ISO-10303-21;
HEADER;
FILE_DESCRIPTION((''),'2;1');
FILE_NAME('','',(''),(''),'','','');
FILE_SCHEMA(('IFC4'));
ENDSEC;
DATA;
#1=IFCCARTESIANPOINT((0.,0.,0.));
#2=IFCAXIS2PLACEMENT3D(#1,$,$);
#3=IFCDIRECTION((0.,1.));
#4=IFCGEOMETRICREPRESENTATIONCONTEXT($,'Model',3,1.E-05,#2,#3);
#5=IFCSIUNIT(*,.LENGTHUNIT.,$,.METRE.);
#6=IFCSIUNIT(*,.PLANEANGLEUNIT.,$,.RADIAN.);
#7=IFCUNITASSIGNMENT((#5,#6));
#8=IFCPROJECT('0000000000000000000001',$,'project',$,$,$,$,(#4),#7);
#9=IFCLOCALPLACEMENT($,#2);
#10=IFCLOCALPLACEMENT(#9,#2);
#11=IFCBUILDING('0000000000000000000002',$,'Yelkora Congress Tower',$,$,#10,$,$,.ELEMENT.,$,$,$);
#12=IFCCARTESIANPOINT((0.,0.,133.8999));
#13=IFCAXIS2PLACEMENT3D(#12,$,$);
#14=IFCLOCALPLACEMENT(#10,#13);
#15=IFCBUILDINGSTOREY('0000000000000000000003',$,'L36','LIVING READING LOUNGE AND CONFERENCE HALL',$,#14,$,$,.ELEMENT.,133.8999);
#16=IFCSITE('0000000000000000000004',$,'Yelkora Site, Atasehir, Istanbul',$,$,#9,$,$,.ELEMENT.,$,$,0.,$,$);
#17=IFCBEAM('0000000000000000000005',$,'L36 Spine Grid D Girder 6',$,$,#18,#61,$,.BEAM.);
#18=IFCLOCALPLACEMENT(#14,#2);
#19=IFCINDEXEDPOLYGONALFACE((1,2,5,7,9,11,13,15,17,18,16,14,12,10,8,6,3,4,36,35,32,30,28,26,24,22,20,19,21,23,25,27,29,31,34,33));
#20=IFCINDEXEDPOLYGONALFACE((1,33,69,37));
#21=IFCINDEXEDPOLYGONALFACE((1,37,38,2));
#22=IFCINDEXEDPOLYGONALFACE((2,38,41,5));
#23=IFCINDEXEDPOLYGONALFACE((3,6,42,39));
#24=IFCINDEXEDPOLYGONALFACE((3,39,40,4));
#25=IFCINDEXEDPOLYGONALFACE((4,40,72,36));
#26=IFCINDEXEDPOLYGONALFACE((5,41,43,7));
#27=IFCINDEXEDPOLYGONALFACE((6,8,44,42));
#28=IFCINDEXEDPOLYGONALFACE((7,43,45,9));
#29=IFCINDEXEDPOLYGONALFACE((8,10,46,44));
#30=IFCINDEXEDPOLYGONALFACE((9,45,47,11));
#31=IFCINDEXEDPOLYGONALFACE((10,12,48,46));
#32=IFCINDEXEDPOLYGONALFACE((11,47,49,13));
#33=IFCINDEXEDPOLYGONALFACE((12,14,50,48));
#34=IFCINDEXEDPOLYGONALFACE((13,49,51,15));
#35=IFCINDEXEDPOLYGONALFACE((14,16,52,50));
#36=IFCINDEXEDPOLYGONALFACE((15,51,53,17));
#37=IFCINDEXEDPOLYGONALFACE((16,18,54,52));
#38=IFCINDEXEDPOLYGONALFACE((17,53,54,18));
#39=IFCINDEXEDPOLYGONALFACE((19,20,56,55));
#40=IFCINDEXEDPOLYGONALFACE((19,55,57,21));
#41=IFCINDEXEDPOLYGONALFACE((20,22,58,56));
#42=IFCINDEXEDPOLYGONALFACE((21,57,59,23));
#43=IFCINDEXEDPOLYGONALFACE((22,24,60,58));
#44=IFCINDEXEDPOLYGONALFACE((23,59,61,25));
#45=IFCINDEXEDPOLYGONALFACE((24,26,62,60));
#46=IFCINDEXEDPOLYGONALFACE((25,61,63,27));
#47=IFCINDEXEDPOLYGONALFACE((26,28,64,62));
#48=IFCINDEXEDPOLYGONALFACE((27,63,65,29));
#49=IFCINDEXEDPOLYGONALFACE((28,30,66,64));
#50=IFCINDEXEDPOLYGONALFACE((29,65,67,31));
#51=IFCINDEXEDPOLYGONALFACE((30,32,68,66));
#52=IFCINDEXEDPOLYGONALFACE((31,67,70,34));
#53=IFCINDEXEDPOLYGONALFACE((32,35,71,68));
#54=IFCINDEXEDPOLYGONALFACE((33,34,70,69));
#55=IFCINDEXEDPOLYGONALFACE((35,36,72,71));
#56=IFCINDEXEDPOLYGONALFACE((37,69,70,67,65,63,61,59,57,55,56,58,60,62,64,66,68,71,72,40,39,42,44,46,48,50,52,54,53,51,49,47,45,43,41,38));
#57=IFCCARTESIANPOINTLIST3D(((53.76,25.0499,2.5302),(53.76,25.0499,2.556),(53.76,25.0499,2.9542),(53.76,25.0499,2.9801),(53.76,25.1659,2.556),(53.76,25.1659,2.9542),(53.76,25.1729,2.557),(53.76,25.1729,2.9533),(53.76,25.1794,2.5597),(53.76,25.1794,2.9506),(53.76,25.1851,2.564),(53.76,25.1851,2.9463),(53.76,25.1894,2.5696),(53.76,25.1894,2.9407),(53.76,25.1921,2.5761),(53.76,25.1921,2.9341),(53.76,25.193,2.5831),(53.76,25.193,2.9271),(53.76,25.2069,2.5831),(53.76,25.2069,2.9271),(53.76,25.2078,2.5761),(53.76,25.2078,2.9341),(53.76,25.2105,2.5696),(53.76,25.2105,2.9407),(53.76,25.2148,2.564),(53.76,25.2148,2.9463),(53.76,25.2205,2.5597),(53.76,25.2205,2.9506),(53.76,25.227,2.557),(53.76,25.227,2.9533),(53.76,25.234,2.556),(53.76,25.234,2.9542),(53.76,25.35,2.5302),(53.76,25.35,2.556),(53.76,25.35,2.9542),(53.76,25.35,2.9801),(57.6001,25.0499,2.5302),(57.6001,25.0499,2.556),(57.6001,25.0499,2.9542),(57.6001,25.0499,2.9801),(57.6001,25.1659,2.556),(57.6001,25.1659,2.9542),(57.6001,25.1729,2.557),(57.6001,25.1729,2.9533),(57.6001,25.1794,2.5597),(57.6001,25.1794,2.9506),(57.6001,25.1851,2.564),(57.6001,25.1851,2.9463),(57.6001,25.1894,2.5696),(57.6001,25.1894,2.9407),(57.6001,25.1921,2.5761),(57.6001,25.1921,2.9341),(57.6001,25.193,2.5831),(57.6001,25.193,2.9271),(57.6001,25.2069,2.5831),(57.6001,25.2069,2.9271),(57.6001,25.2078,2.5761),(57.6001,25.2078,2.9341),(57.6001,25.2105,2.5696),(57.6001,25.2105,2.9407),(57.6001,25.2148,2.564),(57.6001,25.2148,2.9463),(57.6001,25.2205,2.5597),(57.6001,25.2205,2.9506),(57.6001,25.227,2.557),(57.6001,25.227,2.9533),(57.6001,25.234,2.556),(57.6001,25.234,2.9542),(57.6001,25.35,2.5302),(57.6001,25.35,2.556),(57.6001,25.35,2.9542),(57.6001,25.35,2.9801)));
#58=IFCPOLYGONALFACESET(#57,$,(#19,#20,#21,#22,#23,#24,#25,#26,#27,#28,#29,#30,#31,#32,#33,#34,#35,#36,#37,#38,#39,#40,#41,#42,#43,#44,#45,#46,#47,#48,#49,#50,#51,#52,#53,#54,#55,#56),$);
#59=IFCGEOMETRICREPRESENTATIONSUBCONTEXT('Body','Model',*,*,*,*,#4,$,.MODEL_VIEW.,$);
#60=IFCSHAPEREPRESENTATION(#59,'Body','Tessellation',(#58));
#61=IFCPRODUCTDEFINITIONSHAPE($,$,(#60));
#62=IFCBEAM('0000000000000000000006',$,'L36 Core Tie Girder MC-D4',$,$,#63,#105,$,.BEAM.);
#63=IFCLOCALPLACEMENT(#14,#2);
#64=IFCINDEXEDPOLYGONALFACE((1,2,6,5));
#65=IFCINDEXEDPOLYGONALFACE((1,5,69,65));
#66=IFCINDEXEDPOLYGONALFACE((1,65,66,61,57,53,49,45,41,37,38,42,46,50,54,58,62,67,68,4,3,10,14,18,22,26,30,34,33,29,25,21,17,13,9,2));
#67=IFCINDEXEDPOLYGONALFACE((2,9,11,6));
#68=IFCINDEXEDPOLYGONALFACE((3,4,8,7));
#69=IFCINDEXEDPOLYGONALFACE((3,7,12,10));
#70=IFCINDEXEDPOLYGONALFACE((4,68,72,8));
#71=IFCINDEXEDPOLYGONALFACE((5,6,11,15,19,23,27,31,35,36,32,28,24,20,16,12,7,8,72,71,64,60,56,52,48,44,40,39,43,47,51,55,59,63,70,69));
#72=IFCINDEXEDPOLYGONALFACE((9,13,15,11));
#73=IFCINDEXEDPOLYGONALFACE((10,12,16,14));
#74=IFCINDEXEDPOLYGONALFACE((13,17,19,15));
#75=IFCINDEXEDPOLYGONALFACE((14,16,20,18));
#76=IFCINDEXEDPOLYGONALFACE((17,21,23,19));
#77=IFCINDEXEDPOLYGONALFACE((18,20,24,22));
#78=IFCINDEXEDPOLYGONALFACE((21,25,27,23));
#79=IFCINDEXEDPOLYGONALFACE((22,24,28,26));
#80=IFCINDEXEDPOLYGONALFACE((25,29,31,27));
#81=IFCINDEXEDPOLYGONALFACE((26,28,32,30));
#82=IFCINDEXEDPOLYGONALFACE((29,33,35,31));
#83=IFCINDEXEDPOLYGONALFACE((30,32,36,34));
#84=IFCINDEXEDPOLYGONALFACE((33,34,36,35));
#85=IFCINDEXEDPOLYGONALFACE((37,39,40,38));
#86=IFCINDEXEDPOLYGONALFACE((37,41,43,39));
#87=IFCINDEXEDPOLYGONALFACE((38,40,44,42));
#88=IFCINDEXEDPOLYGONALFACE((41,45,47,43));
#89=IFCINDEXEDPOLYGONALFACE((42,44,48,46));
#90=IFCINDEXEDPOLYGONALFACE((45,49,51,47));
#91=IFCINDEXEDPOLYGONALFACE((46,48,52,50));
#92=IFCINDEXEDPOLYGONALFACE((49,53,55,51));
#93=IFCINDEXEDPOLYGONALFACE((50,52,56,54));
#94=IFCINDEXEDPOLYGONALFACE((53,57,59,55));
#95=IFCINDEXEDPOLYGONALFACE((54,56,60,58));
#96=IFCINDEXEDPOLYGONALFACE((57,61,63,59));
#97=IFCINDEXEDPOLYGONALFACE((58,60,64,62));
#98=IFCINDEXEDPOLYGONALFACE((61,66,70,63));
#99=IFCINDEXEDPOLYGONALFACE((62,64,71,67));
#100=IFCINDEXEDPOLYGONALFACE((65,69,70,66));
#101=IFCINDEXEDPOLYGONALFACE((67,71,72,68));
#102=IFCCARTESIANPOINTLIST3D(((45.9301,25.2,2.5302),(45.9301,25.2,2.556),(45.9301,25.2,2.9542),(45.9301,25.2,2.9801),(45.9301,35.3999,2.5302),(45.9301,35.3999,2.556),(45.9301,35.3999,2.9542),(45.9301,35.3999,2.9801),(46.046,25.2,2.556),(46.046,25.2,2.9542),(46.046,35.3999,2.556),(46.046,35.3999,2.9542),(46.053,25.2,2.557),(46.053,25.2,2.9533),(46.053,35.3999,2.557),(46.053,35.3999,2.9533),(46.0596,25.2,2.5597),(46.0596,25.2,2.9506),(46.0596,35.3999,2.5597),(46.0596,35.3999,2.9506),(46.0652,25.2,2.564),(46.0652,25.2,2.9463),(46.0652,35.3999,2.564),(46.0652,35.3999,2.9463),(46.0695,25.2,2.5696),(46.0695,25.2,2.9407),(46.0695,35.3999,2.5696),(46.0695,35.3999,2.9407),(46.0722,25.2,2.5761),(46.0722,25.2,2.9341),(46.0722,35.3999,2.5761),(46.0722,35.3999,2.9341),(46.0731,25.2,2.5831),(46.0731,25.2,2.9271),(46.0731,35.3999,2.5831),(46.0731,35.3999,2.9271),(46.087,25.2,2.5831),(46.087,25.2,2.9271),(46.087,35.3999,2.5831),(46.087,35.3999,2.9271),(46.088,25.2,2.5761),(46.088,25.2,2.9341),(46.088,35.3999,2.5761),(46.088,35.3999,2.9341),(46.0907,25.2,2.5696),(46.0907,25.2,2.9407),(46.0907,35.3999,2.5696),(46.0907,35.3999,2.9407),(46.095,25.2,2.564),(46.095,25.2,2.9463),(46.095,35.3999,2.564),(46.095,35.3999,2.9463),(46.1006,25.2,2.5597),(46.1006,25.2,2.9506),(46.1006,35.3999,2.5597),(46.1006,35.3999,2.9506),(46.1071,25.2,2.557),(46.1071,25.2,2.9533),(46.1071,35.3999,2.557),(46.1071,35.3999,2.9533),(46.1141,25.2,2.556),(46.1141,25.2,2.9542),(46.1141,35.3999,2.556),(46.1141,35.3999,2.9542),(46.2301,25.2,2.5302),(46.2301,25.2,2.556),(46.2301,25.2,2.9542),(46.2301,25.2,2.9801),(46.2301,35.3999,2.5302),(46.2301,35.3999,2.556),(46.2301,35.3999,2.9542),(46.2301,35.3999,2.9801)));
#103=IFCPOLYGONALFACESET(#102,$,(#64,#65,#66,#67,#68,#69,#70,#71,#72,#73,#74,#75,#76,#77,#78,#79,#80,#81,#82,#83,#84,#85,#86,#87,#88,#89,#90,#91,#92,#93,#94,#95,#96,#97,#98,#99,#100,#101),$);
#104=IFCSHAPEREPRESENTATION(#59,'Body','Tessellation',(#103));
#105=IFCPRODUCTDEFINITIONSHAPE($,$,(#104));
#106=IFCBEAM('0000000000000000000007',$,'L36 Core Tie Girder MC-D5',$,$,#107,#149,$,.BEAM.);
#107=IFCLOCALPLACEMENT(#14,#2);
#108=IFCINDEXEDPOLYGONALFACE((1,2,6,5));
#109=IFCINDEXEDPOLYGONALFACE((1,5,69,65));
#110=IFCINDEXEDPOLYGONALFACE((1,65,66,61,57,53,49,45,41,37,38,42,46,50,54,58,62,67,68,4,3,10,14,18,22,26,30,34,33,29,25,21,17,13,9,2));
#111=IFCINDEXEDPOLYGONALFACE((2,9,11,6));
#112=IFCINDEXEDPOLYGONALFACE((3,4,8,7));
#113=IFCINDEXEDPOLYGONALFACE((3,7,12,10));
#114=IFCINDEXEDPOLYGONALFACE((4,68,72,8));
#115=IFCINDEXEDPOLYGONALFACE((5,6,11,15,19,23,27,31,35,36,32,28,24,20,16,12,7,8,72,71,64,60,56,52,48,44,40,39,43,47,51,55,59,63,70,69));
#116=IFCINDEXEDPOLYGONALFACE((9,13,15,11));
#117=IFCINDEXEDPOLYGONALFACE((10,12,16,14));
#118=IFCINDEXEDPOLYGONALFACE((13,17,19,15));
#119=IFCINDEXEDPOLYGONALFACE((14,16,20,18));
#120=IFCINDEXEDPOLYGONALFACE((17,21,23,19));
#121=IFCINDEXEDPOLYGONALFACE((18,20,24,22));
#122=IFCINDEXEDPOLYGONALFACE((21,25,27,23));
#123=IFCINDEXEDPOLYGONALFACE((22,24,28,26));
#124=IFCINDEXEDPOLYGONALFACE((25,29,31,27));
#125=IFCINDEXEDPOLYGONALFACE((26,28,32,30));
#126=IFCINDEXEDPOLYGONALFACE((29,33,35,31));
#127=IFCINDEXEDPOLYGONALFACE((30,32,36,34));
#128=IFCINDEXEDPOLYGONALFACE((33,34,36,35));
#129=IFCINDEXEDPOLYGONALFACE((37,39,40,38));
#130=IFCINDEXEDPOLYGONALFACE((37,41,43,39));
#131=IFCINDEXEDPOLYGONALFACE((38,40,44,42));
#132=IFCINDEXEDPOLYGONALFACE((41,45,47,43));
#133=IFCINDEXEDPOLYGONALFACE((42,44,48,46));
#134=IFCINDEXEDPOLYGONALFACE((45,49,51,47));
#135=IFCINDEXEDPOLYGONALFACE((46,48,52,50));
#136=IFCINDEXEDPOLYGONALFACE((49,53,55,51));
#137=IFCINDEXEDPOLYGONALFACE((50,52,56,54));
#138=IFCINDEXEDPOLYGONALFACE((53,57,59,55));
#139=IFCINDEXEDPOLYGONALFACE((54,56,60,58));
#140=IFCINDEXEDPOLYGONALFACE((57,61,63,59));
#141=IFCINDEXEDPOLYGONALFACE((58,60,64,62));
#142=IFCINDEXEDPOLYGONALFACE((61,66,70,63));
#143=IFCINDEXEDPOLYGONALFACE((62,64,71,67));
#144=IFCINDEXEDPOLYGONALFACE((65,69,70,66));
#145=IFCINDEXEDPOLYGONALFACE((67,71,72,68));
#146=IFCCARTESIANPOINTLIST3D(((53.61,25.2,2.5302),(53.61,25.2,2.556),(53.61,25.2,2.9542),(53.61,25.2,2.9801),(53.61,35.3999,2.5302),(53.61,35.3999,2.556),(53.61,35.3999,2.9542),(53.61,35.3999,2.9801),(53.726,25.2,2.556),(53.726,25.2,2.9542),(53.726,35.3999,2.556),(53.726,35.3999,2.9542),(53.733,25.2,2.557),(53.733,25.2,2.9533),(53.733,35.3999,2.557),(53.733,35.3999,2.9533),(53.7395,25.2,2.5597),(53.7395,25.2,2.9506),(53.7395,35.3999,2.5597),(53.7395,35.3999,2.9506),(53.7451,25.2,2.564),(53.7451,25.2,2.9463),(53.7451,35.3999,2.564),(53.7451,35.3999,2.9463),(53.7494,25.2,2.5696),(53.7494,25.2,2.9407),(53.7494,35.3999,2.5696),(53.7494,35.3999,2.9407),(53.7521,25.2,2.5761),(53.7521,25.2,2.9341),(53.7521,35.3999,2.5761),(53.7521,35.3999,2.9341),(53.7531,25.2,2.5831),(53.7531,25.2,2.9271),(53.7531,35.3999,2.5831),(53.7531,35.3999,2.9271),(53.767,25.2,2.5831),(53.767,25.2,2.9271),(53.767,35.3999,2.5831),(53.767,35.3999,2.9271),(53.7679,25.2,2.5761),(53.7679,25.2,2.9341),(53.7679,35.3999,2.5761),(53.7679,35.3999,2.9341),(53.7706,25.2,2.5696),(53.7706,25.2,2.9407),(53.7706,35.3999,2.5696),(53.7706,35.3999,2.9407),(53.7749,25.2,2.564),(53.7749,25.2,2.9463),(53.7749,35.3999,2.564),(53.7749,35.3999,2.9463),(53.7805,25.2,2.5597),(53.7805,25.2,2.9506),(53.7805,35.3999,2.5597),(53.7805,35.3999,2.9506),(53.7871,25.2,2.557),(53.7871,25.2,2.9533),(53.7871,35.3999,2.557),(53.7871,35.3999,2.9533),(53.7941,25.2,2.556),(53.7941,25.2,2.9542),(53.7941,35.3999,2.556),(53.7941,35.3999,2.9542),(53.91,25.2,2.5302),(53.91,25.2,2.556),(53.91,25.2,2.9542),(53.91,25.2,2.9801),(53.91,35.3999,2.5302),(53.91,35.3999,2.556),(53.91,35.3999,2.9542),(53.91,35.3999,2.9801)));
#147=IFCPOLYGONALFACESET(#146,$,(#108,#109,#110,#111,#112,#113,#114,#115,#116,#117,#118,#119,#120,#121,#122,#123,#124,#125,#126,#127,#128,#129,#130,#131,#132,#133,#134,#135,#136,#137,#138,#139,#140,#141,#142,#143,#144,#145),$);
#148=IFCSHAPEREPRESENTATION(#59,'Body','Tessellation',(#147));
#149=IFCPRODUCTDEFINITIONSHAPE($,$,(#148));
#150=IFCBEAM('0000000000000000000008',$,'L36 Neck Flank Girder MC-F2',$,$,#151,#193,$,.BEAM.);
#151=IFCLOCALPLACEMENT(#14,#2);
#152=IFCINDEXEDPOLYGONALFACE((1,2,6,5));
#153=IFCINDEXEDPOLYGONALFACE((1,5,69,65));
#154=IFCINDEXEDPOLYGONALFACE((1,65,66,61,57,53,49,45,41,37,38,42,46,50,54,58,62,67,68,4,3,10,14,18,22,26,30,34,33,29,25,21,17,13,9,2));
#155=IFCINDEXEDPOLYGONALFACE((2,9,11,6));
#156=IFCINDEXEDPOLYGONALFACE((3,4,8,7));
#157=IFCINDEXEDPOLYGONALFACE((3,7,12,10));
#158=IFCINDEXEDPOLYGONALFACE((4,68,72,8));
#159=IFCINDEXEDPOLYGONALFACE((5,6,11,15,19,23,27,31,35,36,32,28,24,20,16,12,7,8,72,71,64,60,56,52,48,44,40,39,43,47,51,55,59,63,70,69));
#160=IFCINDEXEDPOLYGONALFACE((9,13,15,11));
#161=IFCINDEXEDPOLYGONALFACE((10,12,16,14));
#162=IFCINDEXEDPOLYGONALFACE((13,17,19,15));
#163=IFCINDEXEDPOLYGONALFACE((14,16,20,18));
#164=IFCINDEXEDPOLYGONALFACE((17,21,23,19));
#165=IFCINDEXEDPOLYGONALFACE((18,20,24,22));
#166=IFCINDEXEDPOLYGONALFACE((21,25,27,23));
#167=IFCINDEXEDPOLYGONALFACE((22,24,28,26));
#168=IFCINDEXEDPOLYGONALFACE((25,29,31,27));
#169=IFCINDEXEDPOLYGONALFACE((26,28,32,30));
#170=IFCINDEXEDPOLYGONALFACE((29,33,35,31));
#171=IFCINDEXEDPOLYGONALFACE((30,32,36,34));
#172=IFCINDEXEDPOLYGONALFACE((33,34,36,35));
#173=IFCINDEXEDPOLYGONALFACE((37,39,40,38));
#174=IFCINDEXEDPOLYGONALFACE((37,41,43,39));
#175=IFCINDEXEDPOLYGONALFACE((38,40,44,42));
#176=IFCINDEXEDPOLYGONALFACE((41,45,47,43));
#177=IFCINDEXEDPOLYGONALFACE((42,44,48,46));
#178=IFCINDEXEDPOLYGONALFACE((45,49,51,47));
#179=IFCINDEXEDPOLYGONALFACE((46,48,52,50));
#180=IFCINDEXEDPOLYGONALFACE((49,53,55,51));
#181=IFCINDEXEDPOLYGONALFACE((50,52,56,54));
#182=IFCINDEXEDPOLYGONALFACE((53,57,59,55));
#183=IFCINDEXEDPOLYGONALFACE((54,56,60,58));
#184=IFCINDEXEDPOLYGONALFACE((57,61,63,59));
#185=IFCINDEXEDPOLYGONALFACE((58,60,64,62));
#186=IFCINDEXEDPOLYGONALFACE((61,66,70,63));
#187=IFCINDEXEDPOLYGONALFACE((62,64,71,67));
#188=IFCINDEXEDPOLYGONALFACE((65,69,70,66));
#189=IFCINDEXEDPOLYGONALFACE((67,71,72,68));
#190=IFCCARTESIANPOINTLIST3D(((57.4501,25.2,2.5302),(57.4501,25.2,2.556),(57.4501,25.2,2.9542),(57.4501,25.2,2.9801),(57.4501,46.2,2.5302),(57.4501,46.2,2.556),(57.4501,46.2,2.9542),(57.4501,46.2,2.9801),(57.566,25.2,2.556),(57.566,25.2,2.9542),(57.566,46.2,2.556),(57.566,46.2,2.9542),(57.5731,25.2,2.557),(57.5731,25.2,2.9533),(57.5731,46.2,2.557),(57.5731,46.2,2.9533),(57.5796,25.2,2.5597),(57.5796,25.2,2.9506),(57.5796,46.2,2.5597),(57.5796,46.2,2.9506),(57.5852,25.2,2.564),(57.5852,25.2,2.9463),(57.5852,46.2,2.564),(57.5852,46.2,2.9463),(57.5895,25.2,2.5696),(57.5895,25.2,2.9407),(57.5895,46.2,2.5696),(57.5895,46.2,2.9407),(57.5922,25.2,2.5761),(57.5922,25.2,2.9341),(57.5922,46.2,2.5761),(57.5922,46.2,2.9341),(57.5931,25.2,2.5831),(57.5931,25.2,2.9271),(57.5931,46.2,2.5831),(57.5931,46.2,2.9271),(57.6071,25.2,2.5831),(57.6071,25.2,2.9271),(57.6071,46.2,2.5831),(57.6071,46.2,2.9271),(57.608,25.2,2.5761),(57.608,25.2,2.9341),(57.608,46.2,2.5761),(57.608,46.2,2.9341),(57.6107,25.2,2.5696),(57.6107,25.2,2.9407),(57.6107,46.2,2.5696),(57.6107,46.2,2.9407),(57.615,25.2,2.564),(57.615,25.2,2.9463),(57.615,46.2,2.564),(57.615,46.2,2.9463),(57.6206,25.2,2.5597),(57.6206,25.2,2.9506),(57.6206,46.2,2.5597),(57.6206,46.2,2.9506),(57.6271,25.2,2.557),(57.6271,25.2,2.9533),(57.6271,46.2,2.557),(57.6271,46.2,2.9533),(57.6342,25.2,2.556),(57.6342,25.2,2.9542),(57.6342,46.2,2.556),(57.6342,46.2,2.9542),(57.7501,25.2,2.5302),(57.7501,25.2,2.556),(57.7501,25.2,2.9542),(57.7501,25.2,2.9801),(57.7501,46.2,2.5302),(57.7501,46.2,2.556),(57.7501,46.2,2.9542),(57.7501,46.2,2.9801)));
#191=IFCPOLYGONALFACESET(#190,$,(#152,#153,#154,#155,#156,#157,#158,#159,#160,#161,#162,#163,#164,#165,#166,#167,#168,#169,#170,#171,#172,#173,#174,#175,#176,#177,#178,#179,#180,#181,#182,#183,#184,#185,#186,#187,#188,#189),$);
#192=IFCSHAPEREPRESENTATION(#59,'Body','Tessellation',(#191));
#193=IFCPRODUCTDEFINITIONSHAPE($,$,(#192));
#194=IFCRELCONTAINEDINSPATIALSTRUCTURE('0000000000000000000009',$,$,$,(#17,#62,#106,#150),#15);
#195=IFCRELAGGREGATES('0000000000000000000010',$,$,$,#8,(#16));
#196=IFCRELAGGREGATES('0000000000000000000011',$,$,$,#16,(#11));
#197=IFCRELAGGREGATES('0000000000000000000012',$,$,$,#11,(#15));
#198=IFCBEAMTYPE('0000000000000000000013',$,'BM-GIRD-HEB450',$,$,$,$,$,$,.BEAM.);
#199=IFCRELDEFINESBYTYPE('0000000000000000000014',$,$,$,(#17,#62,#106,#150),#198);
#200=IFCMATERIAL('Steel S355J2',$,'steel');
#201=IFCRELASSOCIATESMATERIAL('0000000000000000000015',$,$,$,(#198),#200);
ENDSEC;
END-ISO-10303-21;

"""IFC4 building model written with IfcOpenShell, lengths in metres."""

from ifc_helpers import new_model, si_unit, direction, frame, origin, origin_2d, place, context, subcontext, project, spatial, i_section, extrude, material, material_profile, profile_set, type_object, element, save


model = new_model("IFC4")

# Units and contexts
model_context = context("Model", 3, precision=1e-05, world=origin(), true_north=direction((0.0, 1.0)))
body_context = subcontext(model_context, "Body", "Model", "MODEL_VIEW")
ifc_project = project(units=[si_unit("LENGTHUNIT", "METRE"), si_unit("PLANEANGLEUNIT", "RADIAN")], contexts=[model_context])

# Site, building, storey
site_placement = place(None, origin())
site = spatial("IfcSite", under=ifc_project, at=site_placement, Name="Yelkora Site, Atasehir, Istanbul", CompositionType="ELEMENT", RefElevation=0.0)
building_placement = place(site_placement, origin())
building = spatial("IfcBuilding", under=site, at=building_placement, Name="Yelkora Congress Tower", CompositionType="ELEMENT")
storey_placement = place(building_placement, frame((0.0, 0.0, 133.8999)))
storey = spatial("IfcBuildingStorey", under=building, at=storey_placement, Name="L36", Description="LIVING READING LOUNGE AND CONFERENCE HALL", CompositionType="ELEMENT", Elevation=133.8999)

# Beams
ifc_material_1 = material(Name="Steel S355J2", Category="steel")
ifc_material_profile_1 = material_profile(ifc_material_1, i_section(OverallWidth=0.3, OverallDepth=0.45, WebThickness=0.0139, FlangeThickness=0.0259, FilletRadius=0.0271, at=origin_2d()), Name="HEB 450")
ifc_profile_set_1 = profile_set([ifc_material_profile_1], Name="Steel S355J2")
beam_type_1 = type_object("IfcBeamType", Name="BM-GIRD-HEB450", PredefinedType="BEAM", material=ifc_profile_set_1)
beam_1_placement = place(storey_placement, frame((53.76, 25.2, 2.7551), z_axis=(1.0, 0.0, 0.0), x_axis=(0.0, 1.0, 0.0)))
element("IfcBeam", 1, at=beam_1_placement, inside=storey, type_object=beam_type_1, Name="L36 Spine Grid D Girder 6", PredefinedType="BEAM", context=body_context, shape_type="SweptSolid", body=[
    extrude(i_section(OverallWidth=0.3, OverallDepth=0.45, WebThickness=0.0139, FlangeThickness=0.0259, FilletRadius=0.0271, at=origin_2d()), origin(), (0.0, 0.0, 1.0), 3.8401),
])
for number, where, z_axis, x_axis, name in (
    (2, (46.0801, 25.2, 2.7551), (0.0, 1.0, 0.0), (-1.0, 0.0, 0.0), "L36 Core Tie Girder MC-D4"),
    (3, (53.76, 25.2, 2.7551), (0.0, 1.0, 0.0), (-1.0, 0.0, 0.0), "L36 Core Tie Girder MC-D5"),
):
    element("IfcBeam", number, at=place(storey_placement, frame(where, z_axis=z_axis, x_axis=x_axis)), inside=storey, type_object=beam_type_1, Name=name, PredefinedType="BEAM", context=body_context, shape_type="SweptSolid", body=[
        extrude(i_section(OverallWidth=0.3, OverallDepth=0.45, WebThickness=0.0139, FlangeThickness=0.0259, FilletRadius=0.0271, at=origin_2d()), origin(), (0.0, 0.0, 1.0), 10.2),
    ])
beam_2_placement = place(storey_placement, frame((57.6001, 25.2, 2.7551), z_axis=(0.0, 1.0, 0.0), x_axis=(-1.0, 0.0, 0.0)))
element("IfcBeam", 4, at=beam_2_placement, inside=storey, type_object=beam_type_1, Name="L36 Neck Flank Girder MC-F2", PredefinedType="BEAM", context=body_context, shape_type="SweptSolid", body=[
    extrude(i_section(OverallWidth=0.3, OverallDepth=0.45, WebThickness=0.0139, FlangeThickness=0.0259, FilletRadius=0.0271, at=origin_2d()), origin(), (0.0, 0.0, 1.0), 21.0),
])

save(model, "model.ifc")
